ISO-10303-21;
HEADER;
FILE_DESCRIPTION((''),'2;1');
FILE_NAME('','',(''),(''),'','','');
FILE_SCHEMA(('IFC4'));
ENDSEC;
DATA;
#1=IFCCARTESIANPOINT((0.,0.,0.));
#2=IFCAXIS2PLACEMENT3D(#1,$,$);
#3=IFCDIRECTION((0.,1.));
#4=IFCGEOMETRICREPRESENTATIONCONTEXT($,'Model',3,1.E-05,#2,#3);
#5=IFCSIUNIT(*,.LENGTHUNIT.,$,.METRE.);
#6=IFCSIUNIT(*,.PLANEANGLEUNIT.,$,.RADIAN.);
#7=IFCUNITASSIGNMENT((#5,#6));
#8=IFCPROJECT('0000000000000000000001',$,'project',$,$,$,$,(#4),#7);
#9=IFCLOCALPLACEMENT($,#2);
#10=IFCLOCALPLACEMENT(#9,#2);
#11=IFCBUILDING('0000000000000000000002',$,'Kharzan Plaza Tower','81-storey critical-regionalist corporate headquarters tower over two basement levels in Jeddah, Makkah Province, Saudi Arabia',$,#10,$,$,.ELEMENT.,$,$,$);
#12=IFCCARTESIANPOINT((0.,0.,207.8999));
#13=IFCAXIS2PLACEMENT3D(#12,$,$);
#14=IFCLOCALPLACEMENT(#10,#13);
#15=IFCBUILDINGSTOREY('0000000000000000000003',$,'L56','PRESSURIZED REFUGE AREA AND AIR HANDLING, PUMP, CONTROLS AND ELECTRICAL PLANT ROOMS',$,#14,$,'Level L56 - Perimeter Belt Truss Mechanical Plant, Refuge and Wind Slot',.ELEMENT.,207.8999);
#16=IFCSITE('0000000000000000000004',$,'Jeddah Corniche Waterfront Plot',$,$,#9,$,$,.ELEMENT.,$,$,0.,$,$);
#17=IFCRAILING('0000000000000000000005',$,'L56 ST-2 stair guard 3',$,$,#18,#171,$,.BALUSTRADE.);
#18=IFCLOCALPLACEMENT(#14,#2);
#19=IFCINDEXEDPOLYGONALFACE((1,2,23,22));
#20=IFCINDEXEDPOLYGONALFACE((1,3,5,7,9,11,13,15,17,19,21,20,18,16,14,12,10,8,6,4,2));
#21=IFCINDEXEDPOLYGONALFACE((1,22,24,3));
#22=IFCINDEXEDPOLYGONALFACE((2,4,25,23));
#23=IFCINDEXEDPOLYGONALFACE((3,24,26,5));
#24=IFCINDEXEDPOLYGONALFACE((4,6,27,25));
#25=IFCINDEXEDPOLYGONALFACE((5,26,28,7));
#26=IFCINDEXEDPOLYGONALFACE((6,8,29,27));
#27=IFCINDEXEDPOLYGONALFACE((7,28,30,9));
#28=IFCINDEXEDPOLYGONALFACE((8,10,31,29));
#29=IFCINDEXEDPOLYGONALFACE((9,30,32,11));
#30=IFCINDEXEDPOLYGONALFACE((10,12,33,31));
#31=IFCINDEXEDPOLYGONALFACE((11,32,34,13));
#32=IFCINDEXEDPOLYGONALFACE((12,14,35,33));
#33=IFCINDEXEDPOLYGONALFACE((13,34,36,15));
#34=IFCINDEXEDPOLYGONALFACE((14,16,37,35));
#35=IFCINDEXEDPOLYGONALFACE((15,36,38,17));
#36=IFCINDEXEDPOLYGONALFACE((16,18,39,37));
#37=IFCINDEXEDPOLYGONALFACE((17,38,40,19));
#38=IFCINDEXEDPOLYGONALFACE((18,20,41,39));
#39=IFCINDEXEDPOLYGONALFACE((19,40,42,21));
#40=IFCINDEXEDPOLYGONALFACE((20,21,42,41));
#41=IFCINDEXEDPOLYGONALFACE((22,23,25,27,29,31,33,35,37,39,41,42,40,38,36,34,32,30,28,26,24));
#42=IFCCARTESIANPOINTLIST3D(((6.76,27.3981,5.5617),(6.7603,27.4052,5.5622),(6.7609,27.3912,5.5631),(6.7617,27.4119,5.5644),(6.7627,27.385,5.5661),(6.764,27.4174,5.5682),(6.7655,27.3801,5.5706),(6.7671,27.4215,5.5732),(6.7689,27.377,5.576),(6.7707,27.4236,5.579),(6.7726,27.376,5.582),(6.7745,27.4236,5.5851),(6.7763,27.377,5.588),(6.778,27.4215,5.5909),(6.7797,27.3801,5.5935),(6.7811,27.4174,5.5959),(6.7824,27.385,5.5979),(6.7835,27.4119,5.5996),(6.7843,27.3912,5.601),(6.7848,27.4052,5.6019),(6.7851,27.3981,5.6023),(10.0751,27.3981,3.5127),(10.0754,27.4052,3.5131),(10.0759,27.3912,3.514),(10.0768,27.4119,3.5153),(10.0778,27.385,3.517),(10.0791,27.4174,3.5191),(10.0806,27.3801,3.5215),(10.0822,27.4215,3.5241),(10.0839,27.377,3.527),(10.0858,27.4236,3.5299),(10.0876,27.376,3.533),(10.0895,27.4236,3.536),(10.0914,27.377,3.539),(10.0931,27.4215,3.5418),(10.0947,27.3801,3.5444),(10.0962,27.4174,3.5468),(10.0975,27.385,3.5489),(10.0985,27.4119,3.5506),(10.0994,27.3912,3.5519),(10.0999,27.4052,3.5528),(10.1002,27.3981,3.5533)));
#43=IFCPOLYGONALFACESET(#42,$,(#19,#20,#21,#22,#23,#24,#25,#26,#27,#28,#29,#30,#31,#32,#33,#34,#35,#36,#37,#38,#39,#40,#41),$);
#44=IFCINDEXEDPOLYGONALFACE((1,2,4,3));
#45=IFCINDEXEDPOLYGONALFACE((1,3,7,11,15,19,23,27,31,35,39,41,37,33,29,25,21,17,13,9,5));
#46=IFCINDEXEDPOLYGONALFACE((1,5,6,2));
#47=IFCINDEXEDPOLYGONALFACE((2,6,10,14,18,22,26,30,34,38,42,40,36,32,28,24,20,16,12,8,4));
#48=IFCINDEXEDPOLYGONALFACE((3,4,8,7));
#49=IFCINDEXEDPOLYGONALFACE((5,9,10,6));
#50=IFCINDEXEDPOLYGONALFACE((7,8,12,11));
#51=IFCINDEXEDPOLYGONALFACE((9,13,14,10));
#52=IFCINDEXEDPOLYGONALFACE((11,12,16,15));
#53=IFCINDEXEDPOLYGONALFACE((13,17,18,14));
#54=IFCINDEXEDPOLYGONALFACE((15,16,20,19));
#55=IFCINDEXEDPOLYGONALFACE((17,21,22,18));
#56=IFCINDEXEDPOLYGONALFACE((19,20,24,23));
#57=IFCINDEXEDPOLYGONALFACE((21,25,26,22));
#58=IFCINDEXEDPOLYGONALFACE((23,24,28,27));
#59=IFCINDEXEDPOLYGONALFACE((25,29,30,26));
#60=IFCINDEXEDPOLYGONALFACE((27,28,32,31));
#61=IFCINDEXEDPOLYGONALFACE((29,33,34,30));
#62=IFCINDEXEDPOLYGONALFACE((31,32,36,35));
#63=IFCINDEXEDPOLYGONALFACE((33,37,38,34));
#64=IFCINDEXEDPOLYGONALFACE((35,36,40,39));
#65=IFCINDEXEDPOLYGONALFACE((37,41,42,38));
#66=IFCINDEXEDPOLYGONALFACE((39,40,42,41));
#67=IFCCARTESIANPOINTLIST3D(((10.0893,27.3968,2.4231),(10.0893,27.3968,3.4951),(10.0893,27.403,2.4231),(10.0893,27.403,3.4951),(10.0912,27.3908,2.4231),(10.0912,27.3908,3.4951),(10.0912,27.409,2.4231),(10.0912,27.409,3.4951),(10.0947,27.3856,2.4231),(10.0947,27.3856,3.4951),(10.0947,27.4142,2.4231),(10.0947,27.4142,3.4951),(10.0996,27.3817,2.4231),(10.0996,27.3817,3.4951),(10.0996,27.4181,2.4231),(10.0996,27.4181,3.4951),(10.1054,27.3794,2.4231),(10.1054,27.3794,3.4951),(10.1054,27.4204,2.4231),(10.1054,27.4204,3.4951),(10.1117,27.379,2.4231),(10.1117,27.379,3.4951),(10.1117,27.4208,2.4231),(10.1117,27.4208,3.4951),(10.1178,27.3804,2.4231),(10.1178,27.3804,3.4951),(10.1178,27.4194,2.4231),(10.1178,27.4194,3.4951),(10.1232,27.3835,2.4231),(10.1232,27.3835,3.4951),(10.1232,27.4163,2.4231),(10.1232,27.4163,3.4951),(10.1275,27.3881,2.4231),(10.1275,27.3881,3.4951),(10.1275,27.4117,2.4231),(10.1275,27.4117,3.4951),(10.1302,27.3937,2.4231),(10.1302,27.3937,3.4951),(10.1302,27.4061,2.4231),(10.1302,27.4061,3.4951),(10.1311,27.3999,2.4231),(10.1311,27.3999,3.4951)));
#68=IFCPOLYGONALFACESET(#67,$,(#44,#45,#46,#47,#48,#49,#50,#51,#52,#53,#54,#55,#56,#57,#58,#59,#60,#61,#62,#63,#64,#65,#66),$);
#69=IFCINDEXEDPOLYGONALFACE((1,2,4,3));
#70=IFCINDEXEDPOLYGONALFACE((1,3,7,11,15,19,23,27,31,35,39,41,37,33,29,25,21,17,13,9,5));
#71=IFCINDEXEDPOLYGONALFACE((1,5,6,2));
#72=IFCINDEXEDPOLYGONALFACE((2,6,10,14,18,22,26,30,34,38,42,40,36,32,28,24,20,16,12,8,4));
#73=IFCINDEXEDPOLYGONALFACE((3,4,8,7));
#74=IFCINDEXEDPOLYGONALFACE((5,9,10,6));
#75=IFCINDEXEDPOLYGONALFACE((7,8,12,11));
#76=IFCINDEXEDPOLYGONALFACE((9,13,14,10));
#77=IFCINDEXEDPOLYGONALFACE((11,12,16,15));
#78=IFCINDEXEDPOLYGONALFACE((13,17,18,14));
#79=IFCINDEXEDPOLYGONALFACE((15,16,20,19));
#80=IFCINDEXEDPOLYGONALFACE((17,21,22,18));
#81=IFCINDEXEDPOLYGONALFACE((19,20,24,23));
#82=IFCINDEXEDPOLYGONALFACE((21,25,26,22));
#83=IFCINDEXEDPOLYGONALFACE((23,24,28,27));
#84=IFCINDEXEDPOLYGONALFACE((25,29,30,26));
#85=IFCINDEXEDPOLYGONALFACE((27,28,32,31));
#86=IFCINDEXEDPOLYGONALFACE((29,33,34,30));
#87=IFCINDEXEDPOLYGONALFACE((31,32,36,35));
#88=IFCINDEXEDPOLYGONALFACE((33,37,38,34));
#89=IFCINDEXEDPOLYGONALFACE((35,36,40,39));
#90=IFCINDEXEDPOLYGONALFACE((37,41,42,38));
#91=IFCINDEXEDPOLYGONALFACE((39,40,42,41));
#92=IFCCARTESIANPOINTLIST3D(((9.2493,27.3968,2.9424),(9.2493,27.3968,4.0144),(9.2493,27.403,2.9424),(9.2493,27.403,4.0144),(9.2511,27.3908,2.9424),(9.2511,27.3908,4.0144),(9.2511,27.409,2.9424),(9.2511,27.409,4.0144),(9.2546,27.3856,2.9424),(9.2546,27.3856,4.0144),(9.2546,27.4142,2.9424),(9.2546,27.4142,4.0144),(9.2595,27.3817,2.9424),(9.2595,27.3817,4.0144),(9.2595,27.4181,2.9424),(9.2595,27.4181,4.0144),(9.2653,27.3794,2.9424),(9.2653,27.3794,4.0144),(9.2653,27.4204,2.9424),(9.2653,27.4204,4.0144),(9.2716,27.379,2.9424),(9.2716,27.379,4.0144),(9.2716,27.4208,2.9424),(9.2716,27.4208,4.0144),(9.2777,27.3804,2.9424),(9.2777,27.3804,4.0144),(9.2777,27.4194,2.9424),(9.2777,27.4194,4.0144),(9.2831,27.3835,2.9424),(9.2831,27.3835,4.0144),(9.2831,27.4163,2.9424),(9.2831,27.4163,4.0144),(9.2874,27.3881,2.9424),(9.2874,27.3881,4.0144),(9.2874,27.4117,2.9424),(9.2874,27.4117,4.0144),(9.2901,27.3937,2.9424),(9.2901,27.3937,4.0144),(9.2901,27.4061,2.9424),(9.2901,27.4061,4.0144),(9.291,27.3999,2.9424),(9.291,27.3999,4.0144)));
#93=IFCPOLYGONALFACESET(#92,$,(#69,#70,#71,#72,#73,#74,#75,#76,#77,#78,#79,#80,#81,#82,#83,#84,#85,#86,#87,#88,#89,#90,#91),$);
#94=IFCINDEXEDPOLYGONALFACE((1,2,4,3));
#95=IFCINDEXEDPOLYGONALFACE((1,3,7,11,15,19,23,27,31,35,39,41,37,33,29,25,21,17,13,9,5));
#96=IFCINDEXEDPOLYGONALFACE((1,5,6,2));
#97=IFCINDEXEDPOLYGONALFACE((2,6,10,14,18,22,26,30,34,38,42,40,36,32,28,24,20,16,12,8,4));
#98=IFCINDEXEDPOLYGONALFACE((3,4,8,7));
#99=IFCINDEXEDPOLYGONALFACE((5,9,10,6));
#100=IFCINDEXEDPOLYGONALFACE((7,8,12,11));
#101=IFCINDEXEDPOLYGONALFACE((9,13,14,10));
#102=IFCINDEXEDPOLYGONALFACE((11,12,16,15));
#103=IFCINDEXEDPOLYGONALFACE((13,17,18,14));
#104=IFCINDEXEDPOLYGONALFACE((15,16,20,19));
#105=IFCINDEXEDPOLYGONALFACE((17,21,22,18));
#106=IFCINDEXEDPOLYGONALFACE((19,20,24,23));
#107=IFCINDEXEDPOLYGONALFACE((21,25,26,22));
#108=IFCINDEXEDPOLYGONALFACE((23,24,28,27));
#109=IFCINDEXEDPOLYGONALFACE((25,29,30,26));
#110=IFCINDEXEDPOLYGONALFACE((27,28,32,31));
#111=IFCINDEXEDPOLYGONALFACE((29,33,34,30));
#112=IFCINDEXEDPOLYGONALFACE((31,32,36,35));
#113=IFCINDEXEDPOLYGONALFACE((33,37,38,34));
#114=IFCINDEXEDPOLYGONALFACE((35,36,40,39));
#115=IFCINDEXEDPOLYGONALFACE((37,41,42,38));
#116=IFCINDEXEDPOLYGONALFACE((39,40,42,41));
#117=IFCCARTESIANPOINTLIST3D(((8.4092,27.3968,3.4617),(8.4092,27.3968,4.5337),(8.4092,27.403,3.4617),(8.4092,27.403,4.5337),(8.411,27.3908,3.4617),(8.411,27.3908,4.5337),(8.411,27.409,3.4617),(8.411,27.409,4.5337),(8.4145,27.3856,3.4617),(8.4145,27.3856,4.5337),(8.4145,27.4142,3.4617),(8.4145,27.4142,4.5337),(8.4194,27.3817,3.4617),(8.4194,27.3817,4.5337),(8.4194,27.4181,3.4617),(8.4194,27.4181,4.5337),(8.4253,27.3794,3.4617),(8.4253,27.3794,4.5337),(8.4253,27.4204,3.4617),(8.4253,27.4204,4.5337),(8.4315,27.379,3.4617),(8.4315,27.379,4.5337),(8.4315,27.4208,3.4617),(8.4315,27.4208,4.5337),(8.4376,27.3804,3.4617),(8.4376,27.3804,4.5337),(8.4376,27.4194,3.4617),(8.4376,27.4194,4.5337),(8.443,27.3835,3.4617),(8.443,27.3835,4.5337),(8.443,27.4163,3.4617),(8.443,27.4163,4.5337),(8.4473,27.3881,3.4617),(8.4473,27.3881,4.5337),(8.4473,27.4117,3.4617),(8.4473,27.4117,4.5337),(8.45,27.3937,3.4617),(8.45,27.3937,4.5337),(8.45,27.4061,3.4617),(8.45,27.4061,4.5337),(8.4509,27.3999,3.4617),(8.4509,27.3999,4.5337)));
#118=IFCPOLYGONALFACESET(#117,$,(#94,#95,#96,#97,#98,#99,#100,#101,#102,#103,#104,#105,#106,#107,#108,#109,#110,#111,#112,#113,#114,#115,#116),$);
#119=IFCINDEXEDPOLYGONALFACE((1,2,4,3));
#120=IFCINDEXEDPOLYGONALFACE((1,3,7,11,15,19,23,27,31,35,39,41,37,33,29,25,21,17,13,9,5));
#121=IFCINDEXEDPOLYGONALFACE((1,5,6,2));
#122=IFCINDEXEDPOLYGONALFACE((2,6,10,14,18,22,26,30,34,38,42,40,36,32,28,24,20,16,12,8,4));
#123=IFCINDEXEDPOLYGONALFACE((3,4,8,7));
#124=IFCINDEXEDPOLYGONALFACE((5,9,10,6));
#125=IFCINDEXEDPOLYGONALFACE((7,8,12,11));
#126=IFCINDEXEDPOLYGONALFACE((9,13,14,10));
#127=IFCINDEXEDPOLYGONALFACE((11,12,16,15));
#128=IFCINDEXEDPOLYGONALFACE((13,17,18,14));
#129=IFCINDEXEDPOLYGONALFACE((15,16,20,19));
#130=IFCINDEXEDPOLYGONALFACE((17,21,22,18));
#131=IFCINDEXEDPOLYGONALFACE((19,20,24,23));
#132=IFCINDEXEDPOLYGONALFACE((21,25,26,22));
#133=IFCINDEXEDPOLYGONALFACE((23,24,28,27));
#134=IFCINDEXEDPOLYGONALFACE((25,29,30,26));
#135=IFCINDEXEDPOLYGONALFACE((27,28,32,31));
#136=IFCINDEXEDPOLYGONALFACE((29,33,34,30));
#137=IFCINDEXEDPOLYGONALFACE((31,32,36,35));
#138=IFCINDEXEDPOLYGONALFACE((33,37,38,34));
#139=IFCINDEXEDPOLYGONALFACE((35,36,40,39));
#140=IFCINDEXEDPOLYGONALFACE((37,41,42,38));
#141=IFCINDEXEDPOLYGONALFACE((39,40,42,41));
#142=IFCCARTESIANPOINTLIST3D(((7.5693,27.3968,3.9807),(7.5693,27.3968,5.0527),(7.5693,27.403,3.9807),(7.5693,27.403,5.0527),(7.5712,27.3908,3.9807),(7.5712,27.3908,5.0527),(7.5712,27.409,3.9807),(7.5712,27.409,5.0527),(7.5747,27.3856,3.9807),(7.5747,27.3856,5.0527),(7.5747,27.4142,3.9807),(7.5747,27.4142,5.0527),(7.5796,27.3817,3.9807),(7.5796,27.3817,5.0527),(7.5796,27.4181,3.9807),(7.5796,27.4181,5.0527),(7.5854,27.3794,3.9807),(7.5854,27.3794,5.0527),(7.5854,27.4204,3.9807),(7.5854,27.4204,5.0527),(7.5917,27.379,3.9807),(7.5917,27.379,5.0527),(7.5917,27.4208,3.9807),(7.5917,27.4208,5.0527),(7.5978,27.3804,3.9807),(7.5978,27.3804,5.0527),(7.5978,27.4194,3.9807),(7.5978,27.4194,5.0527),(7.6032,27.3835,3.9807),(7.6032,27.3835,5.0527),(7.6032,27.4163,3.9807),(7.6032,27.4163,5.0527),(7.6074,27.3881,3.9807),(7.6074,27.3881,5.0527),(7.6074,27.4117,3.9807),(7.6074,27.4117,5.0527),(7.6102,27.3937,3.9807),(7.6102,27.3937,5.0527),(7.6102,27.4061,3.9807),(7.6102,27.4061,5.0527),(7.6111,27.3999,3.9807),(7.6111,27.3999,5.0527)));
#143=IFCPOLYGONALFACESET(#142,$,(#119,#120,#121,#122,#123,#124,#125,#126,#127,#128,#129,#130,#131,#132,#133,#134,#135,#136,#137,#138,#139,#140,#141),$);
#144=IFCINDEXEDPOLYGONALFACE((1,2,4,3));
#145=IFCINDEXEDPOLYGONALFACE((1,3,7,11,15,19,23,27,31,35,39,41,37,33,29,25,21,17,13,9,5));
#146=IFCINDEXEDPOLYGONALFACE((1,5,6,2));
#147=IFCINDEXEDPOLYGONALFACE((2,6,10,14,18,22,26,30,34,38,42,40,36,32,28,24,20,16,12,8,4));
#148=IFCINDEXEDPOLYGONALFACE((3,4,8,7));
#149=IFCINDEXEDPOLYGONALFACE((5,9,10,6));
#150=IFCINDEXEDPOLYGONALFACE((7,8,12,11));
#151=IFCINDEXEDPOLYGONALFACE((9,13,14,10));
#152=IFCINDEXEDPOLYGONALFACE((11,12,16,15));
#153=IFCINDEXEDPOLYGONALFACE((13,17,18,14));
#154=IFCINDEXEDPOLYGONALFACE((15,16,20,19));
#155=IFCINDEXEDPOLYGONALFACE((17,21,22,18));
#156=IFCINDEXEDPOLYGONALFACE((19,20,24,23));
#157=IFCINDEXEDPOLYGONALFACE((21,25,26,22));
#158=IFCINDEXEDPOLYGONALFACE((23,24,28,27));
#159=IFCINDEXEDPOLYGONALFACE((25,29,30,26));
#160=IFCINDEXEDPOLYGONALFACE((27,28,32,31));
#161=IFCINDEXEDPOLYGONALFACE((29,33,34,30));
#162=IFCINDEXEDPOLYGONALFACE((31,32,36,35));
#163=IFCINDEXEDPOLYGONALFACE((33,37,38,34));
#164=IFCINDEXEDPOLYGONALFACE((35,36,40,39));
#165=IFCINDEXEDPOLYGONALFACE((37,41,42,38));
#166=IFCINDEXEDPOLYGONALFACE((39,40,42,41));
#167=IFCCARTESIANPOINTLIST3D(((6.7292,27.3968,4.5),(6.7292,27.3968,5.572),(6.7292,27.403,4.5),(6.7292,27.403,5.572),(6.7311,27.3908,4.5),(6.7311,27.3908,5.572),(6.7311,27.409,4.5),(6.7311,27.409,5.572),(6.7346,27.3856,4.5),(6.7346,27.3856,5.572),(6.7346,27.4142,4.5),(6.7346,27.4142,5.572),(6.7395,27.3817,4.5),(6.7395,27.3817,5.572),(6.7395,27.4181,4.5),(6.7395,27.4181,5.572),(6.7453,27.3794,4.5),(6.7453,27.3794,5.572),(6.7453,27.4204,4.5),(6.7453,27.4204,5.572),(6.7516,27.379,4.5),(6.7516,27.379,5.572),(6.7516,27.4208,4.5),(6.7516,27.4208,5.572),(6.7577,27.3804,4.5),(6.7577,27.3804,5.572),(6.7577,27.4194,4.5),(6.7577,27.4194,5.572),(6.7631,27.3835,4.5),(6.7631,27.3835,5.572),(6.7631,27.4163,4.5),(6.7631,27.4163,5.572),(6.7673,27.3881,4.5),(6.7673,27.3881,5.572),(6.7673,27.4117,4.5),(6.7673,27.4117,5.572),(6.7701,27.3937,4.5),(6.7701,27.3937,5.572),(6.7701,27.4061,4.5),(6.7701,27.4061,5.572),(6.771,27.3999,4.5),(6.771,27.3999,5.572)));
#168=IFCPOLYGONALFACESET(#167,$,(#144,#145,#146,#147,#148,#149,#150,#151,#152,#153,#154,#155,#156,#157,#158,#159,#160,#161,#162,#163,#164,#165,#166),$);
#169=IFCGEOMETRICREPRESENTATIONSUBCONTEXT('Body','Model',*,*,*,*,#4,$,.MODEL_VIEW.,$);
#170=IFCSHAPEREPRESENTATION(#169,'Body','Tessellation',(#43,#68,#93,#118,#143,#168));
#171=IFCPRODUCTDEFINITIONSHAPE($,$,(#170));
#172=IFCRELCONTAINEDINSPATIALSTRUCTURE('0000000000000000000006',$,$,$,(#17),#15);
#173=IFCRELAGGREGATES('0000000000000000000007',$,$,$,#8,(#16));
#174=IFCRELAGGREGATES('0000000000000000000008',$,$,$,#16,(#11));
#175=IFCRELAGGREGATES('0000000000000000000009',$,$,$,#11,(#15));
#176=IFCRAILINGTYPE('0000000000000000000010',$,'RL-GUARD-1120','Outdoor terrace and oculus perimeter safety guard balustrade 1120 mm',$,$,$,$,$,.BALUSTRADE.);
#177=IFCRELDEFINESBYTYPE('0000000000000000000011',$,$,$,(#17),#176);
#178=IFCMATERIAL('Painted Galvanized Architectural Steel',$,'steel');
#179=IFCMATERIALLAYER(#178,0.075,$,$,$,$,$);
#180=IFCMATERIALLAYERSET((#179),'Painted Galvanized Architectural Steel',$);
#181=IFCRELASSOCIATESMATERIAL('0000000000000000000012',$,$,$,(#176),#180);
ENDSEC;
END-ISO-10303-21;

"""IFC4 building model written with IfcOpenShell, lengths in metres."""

from ifc_helpers import new_model, si_unit, direction, frame, origin, origin_2d, place, context, subcontext, project, spatial, circle, extrude, source, transform, mapped, material, layer, layer_set, type_object, element, save


model = new_model("IFC4")

# Units and contexts
model_context = context("Model", 3, precision=1e-05, world=origin(), true_north=direction((0.0, 1.0)))
body_context = subcontext(model_context, "Body", "Model", "MODEL_VIEW")
ifc_project = project(units=[si_unit("LENGTHUNIT", "METRE"), si_unit("PLANEANGLEUNIT", "RADIAN")], contexts=[model_context])

# Site, building, storey
site_placement = place(None, origin())
site = spatial("IfcSite", under=ifc_project, at=site_placement, Name="Jeddah Corniche Waterfront Plot", CompositionType="ELEMENT", RefElevation=0.0)
building_placement = place(site_placement, origin())
building = spatial("IfcBuilding", under=site, at=building_placement, Name="Kharzan Plaza Tower", Description="81-storey critical-regionalist corporate headquarters tower over two basement levels in Jeddah, Makkah Province, Saudi Arabia", CompositionType="ELEMENT")
storey_placement = place(building_placement, frame((0.0, 0.0, 207.8999)))
storey = spatial("IfcBuildingStorey", under=building, at=storey_placement, Name="L56", Description="PRESSURIZED REFUGE AREA AND AIR HANDLING, PUMP, CONTROLS AND ELECTRICAL PLANT ROOMS", LongName="Level L56 - Perimeter Belt Truss Mechanical Plant, Refuge and Wind Slot", CompositionType="ELEMENT", Elevation=207.8999)

# Railing
ifc_material_1 = material(Name="Painted Galvanized Architectural Steel", Category="steel")
ifc_layer_1 = layer(ifc_material_1, 0.075)
ifc_layer_set_1 = layer_set([ifc_layer_1], Name="Painted Galvanized Architectural Steel")
railing_type_1 = type_object("IfcRailingType", Name="RL-GUARD-1120", Description="Outdoor terrace and oculus perimeter safety guard balustrade 1120 mm", PredefinedType="BALUSTRADE", material=ifc_layer_set_1)
shared_shape_1 = source(origin(), body_context, "Body", "SweptSolid", [
    extrude(circle(Radius=0.0239, at=origin_2d()), frame((-0.0225, 0.0, 1.1099), z_axis=(-0.850623, 0.0, 0.525776), x_axis=(0.0, -1.0, 0.0)), (0.0, 0.0, 1.0), 3.8972),
    extrude(circle(Radius=0.021, at=origin_2d()), origin(), (0.0, 0.0, 1.0), 1.072),
    extrude(circle(Radius=0.021, at=origin_2d()), frame((-0.8401, 0.0, 0.5193)), (0.0, 0.0, 1.0), 1.072),
    extrude(circle(Radius=0.021, at=origin_2d()), frame((-1.6802, 0.0, 1.0386)), (0.0, 0.0, 1.0), 1.072),
    extrude(circle(Radius=0.021, at=origin_2d()), frame((-2.52, 0.0, 1.5576)), (0.0, 0.0, 1.0), 1.072),
    extrude(circle(Radius=0.021, at=origin_2d()), frame((-3.3601, 0.0, 2.0769)), (0.0, 0.0, 1.0), 1.072),
])
railing_1_placement = place(storey_placement, frame((10.1101, 27.3999, 2.4231)))
element("IfcRailing", 1, at=railing_1_placement, inside=storey, type_object=railing_type_1, Name="L56 ST-2 stair guard 3", PredefinedType="BALUSTRADE", context=body_context, shape_type="MappedRepresentation", body=[
    mapped(shared_shape_1, transform((0.0, 0.0, 0.0), x_axis=(1.0, 0.0, 0.0), y_axis=(0.0, 1.0, 0.0), z_axis=(0.0, 0.0, 1.0))),
])

save(model, "model.ifc")
